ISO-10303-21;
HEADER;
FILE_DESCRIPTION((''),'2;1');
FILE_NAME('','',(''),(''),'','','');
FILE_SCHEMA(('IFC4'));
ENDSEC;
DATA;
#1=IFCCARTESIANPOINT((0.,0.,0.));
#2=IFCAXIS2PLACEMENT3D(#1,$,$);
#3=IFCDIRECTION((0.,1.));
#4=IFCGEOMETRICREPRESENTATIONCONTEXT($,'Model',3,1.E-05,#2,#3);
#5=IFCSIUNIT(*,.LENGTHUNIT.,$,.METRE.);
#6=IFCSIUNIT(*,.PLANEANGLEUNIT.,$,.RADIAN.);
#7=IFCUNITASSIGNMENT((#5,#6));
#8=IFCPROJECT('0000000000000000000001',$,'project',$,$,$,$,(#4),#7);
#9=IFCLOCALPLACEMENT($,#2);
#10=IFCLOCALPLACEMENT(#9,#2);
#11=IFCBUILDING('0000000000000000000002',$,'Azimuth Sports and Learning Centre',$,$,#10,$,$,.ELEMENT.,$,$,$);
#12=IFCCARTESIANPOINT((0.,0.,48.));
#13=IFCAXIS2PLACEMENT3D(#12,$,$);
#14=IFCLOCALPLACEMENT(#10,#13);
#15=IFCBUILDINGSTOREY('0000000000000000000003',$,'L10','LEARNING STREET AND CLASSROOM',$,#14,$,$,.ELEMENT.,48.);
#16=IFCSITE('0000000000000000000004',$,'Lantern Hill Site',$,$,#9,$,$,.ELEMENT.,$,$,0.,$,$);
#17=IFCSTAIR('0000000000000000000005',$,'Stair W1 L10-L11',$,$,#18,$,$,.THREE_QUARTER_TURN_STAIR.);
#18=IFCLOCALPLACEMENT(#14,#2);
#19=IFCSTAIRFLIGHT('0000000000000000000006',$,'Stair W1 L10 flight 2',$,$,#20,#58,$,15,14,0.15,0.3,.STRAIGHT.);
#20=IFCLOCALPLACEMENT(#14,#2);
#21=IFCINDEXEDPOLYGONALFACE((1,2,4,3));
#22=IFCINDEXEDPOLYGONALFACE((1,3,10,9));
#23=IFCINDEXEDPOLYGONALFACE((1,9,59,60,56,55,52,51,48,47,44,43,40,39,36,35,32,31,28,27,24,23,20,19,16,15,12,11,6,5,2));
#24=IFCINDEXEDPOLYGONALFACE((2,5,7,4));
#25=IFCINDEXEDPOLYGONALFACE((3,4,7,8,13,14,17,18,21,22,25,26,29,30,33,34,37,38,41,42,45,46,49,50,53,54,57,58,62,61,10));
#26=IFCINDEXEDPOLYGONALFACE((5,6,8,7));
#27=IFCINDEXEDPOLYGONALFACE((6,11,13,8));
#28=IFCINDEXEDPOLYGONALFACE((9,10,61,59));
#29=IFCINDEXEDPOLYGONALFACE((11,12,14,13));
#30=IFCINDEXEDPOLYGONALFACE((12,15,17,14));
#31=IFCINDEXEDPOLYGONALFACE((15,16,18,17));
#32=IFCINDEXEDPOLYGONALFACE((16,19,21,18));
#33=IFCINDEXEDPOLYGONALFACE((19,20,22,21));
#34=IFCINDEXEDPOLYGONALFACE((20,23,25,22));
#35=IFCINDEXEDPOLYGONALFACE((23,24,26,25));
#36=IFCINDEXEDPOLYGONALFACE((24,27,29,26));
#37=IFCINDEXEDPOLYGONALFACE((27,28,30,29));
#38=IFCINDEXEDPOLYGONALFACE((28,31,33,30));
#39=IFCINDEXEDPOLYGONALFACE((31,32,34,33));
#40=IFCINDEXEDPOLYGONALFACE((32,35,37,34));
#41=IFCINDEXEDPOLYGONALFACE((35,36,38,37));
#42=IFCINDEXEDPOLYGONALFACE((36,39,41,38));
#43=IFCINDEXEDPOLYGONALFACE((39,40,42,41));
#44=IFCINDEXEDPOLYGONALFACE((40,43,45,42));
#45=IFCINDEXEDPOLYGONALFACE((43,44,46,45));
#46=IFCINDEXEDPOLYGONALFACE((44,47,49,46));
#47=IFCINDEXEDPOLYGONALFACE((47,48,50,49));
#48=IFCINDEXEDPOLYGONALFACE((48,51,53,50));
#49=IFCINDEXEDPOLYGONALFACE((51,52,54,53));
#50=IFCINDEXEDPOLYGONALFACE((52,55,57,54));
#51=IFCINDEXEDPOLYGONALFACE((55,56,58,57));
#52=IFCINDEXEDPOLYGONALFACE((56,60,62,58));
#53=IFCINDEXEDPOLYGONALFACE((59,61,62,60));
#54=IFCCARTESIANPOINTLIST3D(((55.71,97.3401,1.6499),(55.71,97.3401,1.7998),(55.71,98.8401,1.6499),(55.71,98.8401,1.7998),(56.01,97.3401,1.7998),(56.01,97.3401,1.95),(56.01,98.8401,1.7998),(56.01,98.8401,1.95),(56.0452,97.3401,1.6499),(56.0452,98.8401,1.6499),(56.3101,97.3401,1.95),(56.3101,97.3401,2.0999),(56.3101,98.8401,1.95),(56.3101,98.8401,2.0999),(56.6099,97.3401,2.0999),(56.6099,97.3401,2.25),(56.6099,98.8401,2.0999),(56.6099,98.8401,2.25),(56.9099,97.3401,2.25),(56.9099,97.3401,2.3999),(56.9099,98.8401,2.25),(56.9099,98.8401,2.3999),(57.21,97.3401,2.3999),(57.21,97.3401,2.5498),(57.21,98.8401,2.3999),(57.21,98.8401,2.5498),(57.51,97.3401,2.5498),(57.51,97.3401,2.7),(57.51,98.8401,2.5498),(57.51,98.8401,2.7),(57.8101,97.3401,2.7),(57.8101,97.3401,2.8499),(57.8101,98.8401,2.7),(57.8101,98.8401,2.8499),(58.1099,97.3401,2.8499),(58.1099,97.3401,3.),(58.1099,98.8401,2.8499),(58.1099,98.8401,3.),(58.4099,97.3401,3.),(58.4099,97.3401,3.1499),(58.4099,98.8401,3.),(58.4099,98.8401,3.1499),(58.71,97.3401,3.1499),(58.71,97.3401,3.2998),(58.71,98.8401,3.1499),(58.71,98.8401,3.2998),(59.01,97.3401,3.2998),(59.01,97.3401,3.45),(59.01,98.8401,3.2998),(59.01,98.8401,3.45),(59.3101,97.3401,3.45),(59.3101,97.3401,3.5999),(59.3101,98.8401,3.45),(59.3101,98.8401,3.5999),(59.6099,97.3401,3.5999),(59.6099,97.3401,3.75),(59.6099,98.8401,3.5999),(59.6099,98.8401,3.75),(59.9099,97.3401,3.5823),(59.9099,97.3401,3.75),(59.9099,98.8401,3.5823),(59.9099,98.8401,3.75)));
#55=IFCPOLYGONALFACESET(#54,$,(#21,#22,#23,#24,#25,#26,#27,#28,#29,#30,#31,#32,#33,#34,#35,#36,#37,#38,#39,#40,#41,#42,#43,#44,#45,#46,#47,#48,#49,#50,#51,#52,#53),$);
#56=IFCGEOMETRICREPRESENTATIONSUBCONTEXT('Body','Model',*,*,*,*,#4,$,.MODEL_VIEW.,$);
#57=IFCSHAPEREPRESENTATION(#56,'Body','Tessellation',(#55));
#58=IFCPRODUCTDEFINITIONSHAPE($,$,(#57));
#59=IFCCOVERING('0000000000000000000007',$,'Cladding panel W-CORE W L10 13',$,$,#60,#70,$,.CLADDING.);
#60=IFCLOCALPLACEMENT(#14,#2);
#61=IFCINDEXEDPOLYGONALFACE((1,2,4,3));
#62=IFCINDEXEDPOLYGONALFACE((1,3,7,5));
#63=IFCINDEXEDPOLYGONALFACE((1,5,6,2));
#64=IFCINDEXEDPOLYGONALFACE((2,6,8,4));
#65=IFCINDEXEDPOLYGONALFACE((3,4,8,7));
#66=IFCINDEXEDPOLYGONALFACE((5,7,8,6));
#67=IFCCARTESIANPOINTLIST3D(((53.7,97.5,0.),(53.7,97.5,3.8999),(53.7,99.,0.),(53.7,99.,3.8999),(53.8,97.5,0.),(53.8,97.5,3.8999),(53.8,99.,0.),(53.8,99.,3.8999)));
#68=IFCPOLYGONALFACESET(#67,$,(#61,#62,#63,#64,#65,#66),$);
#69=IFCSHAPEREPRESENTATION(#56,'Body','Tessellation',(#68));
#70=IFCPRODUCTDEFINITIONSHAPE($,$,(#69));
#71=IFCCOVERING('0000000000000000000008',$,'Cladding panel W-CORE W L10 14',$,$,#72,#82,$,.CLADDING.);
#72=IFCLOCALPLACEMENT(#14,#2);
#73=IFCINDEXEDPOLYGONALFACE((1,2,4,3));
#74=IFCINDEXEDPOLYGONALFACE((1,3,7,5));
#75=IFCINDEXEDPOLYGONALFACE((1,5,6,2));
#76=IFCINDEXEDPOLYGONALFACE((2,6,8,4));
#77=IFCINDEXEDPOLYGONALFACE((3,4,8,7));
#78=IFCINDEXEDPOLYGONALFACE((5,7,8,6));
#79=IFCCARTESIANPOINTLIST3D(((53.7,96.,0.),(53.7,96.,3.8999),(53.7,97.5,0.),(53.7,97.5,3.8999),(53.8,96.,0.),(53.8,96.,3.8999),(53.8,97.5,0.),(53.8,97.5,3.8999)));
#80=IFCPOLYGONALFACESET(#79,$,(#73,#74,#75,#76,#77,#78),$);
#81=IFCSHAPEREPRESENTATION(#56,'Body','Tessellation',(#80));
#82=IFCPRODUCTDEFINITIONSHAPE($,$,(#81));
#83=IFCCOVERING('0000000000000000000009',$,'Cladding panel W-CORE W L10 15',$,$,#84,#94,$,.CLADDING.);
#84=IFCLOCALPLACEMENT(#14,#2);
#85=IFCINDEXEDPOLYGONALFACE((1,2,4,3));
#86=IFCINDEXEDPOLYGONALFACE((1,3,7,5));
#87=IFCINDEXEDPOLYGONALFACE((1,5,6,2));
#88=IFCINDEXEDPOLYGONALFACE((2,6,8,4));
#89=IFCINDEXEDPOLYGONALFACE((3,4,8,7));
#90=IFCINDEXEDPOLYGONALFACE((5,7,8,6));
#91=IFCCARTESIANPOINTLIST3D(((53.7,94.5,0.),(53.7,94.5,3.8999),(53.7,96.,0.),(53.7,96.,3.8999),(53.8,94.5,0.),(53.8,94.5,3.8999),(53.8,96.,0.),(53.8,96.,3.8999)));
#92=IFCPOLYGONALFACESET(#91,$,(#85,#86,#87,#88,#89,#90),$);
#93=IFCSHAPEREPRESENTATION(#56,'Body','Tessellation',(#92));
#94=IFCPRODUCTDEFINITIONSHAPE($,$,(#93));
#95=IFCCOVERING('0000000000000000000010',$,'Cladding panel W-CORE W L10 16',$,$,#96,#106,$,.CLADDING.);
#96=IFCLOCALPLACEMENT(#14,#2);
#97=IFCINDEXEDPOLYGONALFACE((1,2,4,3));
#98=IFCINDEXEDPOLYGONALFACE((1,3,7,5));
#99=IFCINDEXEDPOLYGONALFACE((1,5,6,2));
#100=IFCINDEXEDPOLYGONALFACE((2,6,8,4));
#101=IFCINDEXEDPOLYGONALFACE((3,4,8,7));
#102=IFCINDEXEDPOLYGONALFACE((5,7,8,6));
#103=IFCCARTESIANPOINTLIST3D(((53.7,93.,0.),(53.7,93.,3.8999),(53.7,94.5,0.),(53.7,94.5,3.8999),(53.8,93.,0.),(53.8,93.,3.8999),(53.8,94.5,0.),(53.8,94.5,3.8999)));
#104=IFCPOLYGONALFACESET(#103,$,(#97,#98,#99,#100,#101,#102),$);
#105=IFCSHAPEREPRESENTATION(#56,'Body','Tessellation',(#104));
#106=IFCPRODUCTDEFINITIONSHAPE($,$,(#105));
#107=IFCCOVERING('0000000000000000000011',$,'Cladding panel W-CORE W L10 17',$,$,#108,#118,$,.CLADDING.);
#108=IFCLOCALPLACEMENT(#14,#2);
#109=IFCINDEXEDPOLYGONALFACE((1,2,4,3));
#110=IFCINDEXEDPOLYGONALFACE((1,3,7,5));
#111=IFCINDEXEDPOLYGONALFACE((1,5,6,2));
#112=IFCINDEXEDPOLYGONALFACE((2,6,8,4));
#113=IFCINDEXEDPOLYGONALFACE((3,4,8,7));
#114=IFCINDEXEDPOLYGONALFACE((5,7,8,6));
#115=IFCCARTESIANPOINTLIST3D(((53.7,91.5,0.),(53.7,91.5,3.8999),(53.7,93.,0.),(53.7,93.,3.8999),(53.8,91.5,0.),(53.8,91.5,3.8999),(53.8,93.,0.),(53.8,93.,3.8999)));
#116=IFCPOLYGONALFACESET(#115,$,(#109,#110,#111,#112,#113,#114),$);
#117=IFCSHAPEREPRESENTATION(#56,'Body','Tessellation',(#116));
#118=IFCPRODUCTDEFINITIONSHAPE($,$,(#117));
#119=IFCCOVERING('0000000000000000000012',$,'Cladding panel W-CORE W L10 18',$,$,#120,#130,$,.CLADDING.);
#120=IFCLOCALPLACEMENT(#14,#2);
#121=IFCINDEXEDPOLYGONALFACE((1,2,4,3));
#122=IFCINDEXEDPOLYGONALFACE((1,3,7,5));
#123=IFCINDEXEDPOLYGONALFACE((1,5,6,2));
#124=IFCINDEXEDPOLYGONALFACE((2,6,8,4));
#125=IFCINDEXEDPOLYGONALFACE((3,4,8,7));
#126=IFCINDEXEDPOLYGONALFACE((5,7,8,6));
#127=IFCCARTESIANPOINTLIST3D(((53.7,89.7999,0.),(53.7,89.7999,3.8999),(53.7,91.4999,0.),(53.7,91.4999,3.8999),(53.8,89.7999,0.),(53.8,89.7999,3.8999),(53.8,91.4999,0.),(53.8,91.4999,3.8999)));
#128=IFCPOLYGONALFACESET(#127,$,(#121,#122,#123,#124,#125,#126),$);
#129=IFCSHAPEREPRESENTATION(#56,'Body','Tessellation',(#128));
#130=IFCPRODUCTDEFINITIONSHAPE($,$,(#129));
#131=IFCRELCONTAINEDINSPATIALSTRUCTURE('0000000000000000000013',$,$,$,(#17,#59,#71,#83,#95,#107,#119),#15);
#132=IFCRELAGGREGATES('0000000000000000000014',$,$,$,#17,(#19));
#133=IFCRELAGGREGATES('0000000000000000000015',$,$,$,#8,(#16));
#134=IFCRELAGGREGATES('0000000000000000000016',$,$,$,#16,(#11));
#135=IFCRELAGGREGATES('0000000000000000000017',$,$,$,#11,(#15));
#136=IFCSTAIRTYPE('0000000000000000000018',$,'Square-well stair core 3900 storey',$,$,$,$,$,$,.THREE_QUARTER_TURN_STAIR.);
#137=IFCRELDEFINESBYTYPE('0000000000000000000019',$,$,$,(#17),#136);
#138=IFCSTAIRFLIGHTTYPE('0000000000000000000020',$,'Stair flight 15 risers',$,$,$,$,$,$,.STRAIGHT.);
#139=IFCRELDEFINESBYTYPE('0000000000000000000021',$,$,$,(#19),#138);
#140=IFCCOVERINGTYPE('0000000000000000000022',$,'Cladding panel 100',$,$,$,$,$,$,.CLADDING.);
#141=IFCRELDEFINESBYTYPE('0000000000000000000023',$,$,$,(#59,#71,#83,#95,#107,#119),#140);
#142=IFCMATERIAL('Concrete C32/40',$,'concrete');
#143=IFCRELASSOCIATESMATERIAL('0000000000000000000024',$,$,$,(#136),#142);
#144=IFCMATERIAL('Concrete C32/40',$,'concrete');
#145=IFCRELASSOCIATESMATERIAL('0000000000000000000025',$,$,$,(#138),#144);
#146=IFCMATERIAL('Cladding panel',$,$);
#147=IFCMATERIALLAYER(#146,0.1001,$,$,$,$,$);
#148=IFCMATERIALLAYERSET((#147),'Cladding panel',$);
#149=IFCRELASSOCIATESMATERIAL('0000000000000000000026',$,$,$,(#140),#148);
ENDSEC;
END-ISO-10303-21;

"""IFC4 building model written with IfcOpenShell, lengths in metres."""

from ifc_helpers import new_model, si_unit, direction, frame, origin, origin_2d, place, context, subcontext, project, spatial, polyline, rectangle, outline, extrude, material, layer, layer_set, type_object, element, aggregate, save


model = new_model("IFC4")

# Units and contexts
model_context = context("Model", 3, precision=1e-05, world=origin(), true_north=direction((0.0, 1.0)))
body_context = subcontext(model_context, "Body", "Model", "MODEL_VIEW")
ifc_project = project(units=[si_unit("LENGTHUNIT", "METRE"), si_unit("PLANEANGLEUNIT", "RADIAN")], contexts=[model_context])

# Site, building, storey
site_placement = place(None, origin())
site = spatial("IfcSite", under=ifc_project, at=site_placement, Name="Lantern Hill Site", CompositionType="ELEMENT", RefElevation=0.0)
building_placement = place(site_placement, origin())
building = spatial("IfcBuilding", under=site, at=building_placement, Name="Azimuth Sports and Learning Centre", CompositionType="ELEMENT")
storey_placement = place(building_placement, frame((0.0, 0.0, 48.0)))
storey = spatial("IfcBuildingStorey", under=building, at=storey_placement, Name="L10", Description="LEARNING STREET AND CLASSROOM", CompositionType="ELEMENT", Elevation=48.0)

# Stair, stair flight
ifc_material_1 = material(Name="Concrete C32/40", Category="concrete")
stair_type = type_object("IfcStairType", Name="Square-well stair core 3900 storey", PredefinedType="THREE_QUARTER_TURN_STAIR", material=ifc_material_1)
stair_placement = place(storey_placement, origin())
stair = element("IfcStair", 1, at=stair_placement, inside=storey, type_object=stair_type, Name="Stair W1 L10-L11", PredefinedType="THREE_QUARTER_TURN_STAIR")
ifc_material_2 = material(Name="Concrete C32/40", Category="concrete")
stair_flight_type_1 = type_object("IfcStairFlightType", Name="Stair flight 15 risers", PredefinedType="STRAIGHT", material=ifc_material_2)
stair_flight_1_placement = place(storey_placement, frame((55.71, 98.0901, 1.6499), z_axis=(0.0, 0.0, 1.0), x_axis=(1.0, 0.0, 0.0)))
stair_flight_1 = element("IfcStairFlight", 2, at=stair_flight_1_placement, type_object=stair_flight_type_1, Name="Stair W1 L10 flight 2", NumberOfRisers=15, NumberOfTreads=14, PredefinedType="STRAIGHT", RiserHeight=0.15, TreadLength=0.3, context=body_context, shape_type="SweptSolid", body=[
    extrude(outline(polyline([(0.0, 0.0), (0.0, 0.1499), (0.3, 0.1499), (0.3, 0.3), (0.6001, 0.3), (0.6001, 0.45), (0.8999, 0.45), (0.8999, 0.6001), (1.2, 0.6001), (1.2, 0.75), (1.5, 0.75), (1.5, 0.8999), (1.8, 0.8999), (1.8, 1.05), (2.1001, 1.05), (2.1001, 1.2), (2.3999, 1.2), (2.3999, 1.3501), (2.7, 1.3501), (2.7, 1.5), (3.0, 1.5), (3.0, 1.6499), (3.3, 1.6499), (3.3, 1.8), (3.6001, 1.8), (3.6001, 1.95), (3.8999, 1.95), (3.8999, 2.1001), (4.2, 2.1001), (4.2, 2.25), (4.2, 1.9324), (0.3352, 0.0), (0.0, 0.0)])), frame((0.0, 0.75, 0.0), z_axis=(0.0, -1.0, 0.0), x_axis=(1.0, 0.0, 0.0)), (0.0, 0.0, 1.0), 1.5),
])
aggregate(stair, [stair_flight_1])

# Coverings
ifc_material_3 = material(Name="Cladding panel")
ifc_layer_1 = layer(ifc_material_3, 0.1001)
ifc_layer_set_1 = layer_set([ifc_layer_1], Name="Cladding panel")
covering_type = type_object("IfcCoveringType", Name="Cladding panel 100", PredefinedType="CLADDING", material=ifc_layer_set_1)
for number, where, z_axis, x_axis, name in (
    (3, (53.75, 98.25, 0.0), (0.0, 0.0, 1.0), (0.0, -1.0, 0.0), "Cladding panel W-CORE W L10 13"),
    (4, (53.75, 96.75, 0.0), (0.0, 0.0, 1.0), (0.0, -1.0, 0.0), "Cladding panel W-CORE W L10 14"),
    (5, (53.75, 95.25, 0.0), (0.0, 0.0, 1.0), (0.0, -1.0, 0.0), "Cladding panel W-CORE W L10 15"),
    (6, (53.75, 93.75, 0.0), (0.0, 0.0, 1.0), (0.0, -1.0, 0.0), "Cladding panel W-CORE W L10 16"),
    (7, (53.75, 92.25, 0.0), (0.0, 0.0, 1.0), (0.0, -1.0, 0.0), "Cladding panel W-CORE W L10 17"),
):
    element("IfcCovering", number, at=place(storey_placement, frame(where, z_axis=z_axis, x_axis=x_axis)), inside=storey, type_object=covering_type, Name=name, PredefinedType="CLADDING", context=body_context, shape_type="SweptSolid", body=[
        extrude(rectangle(XDim=1.5, YDim=0.1001, at=origin_2d()), origin(), (0.0, 0.0, 1.0), 3.8999),
    ])
covering_placement = place(storey_placement, frame((53.75, 90.6499, 0.0), z_axis=(0.0, 0.0, 1.0), x_axis=(0.0, -1.0, 0.0)))
element("IfcCovering", 8, at=covering_placement, inside=storey, type_object=covering_type, Name="Cladding panel W-CORE W L10 18", PredefinedType="CLADDING", context=body_context, shape_type="SweptSolid", body=[
    extrude(rectangle(XDim=1.7, YDim=0.1001, at=origin_2d()), origin(), (0.0, 0.0, 1.0), 3.8999),
])

save(model, "model.ifc")
